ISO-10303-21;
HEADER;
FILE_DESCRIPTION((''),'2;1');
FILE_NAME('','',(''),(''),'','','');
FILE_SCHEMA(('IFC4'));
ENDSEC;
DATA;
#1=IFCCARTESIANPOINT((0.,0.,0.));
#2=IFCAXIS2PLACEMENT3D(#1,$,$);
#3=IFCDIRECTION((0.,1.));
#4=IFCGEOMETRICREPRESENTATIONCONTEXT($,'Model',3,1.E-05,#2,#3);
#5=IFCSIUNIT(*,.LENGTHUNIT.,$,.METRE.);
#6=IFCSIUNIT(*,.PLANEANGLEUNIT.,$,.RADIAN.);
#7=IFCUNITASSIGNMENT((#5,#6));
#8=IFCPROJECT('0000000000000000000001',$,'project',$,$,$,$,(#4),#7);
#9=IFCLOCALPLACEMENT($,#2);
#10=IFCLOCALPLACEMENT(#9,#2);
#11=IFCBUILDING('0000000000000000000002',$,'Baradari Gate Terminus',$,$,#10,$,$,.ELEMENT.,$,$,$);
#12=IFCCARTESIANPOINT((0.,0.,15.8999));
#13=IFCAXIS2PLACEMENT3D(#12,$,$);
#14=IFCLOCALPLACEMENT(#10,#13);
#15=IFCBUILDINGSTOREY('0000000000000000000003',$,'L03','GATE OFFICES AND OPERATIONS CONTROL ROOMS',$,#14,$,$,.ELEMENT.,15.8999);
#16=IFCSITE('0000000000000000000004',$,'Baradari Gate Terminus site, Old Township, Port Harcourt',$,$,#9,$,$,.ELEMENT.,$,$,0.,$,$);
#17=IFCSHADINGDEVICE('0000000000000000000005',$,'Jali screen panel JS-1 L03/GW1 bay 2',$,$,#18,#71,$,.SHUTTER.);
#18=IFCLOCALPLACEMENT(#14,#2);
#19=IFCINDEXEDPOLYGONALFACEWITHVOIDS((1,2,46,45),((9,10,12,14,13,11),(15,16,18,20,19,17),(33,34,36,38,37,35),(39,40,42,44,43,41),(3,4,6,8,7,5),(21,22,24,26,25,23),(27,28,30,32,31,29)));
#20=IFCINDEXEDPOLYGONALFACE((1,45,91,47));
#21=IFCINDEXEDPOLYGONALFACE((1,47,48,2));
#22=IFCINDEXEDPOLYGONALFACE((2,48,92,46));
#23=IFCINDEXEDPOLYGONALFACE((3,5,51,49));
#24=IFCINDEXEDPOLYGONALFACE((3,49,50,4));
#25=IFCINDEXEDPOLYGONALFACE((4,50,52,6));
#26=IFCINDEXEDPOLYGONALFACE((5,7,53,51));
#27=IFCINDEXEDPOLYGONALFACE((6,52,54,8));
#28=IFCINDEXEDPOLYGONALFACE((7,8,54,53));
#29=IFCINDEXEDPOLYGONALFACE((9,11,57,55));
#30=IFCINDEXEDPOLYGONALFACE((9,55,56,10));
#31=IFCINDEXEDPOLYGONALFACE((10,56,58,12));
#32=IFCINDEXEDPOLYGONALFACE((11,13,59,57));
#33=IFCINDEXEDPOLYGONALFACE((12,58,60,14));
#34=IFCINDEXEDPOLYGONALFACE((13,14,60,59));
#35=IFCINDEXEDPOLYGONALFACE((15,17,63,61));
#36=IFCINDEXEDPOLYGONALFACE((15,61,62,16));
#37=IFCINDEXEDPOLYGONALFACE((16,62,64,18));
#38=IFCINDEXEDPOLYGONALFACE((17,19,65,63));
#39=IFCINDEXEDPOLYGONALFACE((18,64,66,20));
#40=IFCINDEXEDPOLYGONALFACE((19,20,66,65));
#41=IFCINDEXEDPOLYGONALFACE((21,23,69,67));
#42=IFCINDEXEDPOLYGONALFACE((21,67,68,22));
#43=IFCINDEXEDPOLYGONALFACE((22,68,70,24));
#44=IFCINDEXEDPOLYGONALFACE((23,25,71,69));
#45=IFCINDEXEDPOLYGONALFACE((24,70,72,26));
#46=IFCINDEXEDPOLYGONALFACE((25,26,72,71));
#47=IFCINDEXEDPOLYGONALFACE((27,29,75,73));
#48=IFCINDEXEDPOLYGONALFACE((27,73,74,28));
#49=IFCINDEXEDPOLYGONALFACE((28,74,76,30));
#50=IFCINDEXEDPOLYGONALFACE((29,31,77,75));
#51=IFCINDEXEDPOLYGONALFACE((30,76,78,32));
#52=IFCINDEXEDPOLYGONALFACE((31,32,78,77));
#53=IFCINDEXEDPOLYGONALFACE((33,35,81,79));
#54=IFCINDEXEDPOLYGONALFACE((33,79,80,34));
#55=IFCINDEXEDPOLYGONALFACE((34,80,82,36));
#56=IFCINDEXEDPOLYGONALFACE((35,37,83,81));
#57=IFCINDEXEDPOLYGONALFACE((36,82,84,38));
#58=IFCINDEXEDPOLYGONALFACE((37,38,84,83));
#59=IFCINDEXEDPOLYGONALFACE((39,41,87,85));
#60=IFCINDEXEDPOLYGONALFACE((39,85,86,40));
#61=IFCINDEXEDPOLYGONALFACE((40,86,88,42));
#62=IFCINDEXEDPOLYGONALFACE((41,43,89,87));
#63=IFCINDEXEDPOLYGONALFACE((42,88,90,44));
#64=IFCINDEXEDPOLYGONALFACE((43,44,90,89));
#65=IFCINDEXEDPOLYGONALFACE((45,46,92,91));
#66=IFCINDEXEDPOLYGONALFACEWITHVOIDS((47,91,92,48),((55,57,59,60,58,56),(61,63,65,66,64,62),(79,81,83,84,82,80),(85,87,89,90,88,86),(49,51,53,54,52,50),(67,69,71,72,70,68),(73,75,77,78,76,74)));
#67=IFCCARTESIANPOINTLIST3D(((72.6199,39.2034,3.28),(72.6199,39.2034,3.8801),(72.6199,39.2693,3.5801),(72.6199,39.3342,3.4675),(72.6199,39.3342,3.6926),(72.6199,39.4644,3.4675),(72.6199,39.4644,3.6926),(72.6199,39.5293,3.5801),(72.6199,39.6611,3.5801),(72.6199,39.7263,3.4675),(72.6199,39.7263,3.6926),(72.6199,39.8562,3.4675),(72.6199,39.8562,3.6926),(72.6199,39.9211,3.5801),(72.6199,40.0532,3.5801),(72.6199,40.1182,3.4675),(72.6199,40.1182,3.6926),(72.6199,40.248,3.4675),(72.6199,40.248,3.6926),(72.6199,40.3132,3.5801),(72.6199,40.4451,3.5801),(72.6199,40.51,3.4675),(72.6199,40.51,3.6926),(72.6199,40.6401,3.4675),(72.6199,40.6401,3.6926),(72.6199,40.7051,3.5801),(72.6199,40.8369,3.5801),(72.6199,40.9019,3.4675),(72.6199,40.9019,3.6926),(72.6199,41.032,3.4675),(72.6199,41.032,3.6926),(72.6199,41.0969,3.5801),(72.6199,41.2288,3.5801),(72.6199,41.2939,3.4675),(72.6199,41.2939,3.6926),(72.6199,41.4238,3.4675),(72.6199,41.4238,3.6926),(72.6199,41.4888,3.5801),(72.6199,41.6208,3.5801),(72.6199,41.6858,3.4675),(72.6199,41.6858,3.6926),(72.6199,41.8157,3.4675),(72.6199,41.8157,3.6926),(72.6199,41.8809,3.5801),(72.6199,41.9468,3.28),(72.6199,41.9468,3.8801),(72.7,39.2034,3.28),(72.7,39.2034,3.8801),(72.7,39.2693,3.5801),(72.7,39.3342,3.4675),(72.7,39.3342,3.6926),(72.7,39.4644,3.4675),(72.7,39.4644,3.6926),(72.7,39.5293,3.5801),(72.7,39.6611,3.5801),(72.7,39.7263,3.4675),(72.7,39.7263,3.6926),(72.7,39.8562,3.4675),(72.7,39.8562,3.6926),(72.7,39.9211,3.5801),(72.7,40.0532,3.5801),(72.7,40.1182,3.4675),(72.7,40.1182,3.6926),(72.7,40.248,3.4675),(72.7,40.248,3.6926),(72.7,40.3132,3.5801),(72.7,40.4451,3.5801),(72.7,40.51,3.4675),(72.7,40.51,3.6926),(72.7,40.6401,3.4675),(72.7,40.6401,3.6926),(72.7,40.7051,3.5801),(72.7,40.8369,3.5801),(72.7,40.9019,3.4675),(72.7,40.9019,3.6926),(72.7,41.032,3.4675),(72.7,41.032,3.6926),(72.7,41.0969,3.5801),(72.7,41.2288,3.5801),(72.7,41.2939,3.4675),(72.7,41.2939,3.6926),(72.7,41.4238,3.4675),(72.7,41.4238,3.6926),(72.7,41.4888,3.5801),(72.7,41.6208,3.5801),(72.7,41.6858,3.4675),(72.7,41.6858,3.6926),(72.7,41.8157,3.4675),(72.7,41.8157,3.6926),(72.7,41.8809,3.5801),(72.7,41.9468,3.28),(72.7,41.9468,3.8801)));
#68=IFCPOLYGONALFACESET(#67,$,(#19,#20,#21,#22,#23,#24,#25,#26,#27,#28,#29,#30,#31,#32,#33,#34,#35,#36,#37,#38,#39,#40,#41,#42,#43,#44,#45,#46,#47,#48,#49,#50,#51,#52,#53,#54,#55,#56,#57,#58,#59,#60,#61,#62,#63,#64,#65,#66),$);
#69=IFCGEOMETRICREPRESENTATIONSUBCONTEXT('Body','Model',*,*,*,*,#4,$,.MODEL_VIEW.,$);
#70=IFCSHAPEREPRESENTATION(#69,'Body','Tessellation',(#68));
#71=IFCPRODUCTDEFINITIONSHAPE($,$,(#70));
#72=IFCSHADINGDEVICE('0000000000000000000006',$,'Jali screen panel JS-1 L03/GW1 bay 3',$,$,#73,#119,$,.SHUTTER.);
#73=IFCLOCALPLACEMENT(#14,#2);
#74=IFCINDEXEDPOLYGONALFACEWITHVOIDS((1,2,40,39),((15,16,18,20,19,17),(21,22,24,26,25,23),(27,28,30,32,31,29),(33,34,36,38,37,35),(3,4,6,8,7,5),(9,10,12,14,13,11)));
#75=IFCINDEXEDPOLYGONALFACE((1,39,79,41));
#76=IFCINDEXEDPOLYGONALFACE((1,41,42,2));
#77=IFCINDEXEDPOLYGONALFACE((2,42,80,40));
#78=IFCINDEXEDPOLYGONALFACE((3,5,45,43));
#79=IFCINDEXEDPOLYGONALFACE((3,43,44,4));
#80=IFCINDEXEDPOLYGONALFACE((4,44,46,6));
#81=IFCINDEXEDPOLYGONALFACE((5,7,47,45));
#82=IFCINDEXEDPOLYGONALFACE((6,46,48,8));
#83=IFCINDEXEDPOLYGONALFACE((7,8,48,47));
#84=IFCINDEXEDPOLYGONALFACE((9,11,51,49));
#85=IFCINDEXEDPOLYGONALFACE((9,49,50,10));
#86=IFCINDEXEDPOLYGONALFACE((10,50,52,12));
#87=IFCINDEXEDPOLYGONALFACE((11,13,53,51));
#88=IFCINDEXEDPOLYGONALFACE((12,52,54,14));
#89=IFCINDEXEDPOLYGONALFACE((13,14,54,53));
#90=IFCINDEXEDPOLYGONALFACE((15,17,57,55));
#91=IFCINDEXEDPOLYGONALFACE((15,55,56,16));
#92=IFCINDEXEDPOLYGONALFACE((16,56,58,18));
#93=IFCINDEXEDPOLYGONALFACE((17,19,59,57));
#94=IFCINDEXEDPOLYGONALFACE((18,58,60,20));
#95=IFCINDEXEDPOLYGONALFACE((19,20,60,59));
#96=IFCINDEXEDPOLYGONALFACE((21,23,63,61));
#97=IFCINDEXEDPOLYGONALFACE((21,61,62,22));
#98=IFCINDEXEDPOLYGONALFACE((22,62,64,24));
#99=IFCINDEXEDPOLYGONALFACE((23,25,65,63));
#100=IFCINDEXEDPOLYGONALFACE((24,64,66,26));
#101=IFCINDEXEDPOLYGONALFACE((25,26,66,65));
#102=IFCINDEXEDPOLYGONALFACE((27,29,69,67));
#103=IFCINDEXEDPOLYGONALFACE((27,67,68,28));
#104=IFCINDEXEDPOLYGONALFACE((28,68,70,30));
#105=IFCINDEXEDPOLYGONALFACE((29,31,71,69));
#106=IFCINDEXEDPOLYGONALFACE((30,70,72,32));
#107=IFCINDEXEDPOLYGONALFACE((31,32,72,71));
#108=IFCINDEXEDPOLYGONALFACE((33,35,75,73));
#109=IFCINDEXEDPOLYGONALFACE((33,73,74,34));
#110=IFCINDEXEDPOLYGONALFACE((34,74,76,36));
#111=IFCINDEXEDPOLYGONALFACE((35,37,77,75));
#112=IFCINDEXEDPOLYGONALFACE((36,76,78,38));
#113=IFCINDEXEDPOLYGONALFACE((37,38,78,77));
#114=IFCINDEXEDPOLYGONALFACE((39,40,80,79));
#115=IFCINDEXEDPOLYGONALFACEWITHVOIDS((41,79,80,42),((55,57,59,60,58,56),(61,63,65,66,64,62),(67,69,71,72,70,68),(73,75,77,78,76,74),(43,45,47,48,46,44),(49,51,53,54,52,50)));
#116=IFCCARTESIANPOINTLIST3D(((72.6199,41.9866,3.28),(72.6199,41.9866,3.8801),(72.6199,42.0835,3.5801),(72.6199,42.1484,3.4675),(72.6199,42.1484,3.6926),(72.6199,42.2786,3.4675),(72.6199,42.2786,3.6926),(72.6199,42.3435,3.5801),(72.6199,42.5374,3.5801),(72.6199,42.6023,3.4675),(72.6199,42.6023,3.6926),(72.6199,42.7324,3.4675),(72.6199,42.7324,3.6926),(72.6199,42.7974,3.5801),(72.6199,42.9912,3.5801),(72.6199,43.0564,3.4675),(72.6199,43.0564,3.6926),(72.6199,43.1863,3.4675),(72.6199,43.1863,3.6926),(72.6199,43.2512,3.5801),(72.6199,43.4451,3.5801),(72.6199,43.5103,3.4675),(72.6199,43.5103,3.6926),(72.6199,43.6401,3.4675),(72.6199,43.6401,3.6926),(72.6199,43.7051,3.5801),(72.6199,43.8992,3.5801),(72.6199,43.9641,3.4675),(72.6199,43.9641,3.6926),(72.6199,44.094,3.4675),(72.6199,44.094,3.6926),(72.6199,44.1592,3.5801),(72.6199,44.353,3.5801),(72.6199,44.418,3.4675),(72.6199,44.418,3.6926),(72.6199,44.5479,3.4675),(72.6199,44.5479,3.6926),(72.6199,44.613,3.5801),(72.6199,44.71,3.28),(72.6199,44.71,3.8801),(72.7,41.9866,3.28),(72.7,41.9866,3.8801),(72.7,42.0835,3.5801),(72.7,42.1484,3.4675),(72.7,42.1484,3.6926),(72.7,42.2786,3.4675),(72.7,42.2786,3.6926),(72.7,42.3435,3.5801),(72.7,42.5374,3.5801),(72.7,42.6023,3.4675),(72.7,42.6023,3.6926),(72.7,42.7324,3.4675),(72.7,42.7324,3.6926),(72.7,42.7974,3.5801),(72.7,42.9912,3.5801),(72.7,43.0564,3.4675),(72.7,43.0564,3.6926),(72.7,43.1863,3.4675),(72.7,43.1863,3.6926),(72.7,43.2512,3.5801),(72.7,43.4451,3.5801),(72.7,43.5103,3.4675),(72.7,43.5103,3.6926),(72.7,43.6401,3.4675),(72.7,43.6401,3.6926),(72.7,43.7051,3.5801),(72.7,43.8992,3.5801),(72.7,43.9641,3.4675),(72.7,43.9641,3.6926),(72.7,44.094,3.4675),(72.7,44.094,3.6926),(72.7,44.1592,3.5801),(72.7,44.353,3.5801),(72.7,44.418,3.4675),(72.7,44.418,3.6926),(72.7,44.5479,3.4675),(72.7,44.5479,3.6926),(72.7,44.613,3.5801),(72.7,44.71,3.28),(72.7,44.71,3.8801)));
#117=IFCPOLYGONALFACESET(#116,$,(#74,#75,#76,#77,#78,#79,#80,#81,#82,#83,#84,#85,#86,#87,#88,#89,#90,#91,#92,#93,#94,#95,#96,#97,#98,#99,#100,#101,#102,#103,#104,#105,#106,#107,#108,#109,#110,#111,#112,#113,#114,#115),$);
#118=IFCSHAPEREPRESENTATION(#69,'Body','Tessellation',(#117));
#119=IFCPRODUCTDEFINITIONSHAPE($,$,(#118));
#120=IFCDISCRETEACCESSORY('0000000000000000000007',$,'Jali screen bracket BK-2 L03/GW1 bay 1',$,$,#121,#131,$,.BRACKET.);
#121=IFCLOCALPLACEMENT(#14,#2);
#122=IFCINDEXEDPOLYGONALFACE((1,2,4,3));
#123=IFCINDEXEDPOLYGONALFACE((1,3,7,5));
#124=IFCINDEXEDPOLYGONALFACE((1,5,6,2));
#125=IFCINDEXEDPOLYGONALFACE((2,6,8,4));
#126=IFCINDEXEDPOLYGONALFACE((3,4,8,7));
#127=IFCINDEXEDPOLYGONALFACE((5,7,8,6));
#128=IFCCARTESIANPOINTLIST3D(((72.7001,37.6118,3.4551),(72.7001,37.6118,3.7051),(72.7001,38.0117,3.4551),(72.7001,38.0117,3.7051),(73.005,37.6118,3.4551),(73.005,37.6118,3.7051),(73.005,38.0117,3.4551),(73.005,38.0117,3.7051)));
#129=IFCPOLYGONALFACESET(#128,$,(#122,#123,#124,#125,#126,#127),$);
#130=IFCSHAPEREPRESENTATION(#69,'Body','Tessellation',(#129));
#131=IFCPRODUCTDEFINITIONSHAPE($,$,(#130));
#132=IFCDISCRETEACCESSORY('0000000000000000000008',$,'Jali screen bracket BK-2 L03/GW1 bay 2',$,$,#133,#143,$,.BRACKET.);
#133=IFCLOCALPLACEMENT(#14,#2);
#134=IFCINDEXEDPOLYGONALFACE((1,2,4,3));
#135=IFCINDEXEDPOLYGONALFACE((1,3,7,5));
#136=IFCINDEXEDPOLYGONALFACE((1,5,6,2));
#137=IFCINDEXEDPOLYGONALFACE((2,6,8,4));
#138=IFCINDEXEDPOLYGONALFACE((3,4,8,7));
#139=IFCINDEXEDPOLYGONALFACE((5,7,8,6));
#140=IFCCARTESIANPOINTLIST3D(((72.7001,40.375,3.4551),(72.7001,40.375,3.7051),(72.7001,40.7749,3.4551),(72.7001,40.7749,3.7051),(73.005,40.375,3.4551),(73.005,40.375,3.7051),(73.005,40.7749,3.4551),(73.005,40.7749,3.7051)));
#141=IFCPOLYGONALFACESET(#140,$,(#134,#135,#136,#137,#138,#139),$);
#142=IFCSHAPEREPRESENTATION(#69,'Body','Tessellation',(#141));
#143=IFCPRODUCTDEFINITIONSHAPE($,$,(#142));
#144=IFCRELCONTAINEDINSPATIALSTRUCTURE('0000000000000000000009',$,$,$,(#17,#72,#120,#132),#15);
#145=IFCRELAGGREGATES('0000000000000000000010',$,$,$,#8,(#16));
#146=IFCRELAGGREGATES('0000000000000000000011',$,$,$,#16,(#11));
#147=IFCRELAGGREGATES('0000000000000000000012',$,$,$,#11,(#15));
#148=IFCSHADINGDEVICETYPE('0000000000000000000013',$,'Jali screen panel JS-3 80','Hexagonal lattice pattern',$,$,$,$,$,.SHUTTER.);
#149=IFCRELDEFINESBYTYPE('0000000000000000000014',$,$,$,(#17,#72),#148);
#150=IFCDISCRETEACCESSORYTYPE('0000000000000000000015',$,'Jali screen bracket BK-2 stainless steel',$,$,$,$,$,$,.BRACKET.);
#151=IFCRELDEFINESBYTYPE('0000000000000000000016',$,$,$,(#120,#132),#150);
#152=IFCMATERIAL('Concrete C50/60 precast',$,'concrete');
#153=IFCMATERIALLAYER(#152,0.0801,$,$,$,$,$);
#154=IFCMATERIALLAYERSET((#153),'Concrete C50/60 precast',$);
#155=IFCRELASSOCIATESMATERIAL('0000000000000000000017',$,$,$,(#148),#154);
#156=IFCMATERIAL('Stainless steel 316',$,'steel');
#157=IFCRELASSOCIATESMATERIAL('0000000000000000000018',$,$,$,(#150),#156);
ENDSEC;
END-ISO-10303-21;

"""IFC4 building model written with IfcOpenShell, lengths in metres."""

from ifc_helpers import new_model, si_unit, direction, frame, origin, origin_2d, place, context, subcontext, project, spatial, polyline, rectangle, outline, extrude, material, layer, layer_set, type_object, element, save


model = new_model("IFC4")

# Units and contexts
model_context = context("Model", 3, precision=1e-05, world=origin(), true_north=direction((0.0, 1.0)))
body_context = subcontext(model_context, "Body", "Model", "MODEL_VIEW")
ifc_project = project(units=[si_unit("LENGTHUNIT", "METRE"), si_unit("PLANEANGLEUNIT", "RADIAN")], contexts=[model_context])

# Site, building, storey
site_placement = place(None, origin())
site = spatial("IfcSite", under=ifc_project, at=site_placement, Name="Baradari Gate Terminus site, Old Township, Port Harcourt", CompositionType="ELEMENT", RefElevation=0.0)
building_placement = place(site_placement, origin())
building = spatial("IfcBuilding", under=site, at=building_placement, Name="Baradari Gate Terminus", CompositionType="ELEMENT")
storey_placement = place(building_placement, frame((0.0, 0.0, 15.8999)))
storey = spatial("IfcBuildingStorey", under=building, at=storey_placement, Name="L03", Description="GATE OFFICES AND OPERATIONS CONTROL ROOMS", CompositionType="ELEMENT", Elevation=15.8999)

# Shading devices
ifc_material_1 = material(Name="Concrete C50/60 precast", Category="concrete")
ifc_layer_1 = layer(ifc_material_1, 0.0801)
ifc_layer_set_1 = layer_set([ifc_layer_1], Name="Concrete C50/60 precast")
shading_device_type = type_object("IfcShadingDeviceType", Name="Jali screen panel JS-3 80", Description="Hexagonal lattice pattern", PredefinedType="SHUTTER", material=ifc_layer_set_1)
shading_device_1_placement = place(storey_placement, frame((72.6599, 39.2034, 3.28), z_axis=(0.0, 0.0, 1.0), x_axis=(0.0, 1.0, 0.0)))
element("IfcShadingDevice", 1, at=shading_device_1_placement, inside=storey, type_object=shading_device_type, Name="Jali screen panel JS-1 L03/GW1 bay 2", PredefinedType="SHUTTER", context=body_context, shape_type="SweptSolid", body=[
    extrude(outline(polyline([(0.0, 0.0), (2.7434, 0.0), (2.7434, 0.6001), (0.0, 0.6001), (0.0, 0.0)]), holes=[polyline([(0.3259, 0.3), (0.261, 0.1875), (0.1309, 0.1875), (0.0659, 0.3), (0.1309, 0.4126), (0.261, 0.4126), (0.3259, 0.3)]), polyline([(0.7178, 0.3), (0.6528, 0.1875), (0.5229, 0.1875), (0.4578, 0.3), (0.5229, 0.4126), (0.6528, 0.4126), (0.7178, 0.3)]), polyline([(1.1099, 0.3), (1.0447, 0.1875), (0.9148, 0.1875), (0.8499, 0.3), (0.9148, 0.4126), (1.0447, 0.4126), (1.1099, 0.3)]), polyline([(1.5017, 0.3), (1.4368, 0.1875), (1.3066, 0.1875), (1.2417, 0.3), (1.3066, 0.4126), (1.4368, 0.4126), (1.5017, 0.3)]), polyline([(1.8936, 0.3), (1.8286, 0.1875), (1.6985, 0.1875), (1.6335, 0.3), (1.6985, 0.4126), (1.8286, 0.4126), (1.8936, 0.3)]), polyline([(2.2854, 0.3), (2.2205, 0.1875), (2.0906, 0.1875), (2.0254, 0.3), (2.0906, 0.4126), (2.2205, 0.4126), (2.2854, 0.3)]), polyline([(2.6775, 0.3), (2.6123, 0.1875), (2.4824, 0.1875), (2.4175, 0.3), (2.4824, 0.4126), (2.6123, 0.4126), (2.6775, 0.3)])]), frame((0.0, 0.04, 0.0), z_axis=(0.0, -1.0, 0.0), x_axis=(1.0, 0.0, 0.0)), (0.0, 0.0, 1.0), 0.0801),
])
shading_device_2_placement = place(storey_placement, frame((72.6599, 41.9866, 3.28), z_axis=(0.0, 0.0, 1.0), x_axis=(0.0, 1.0, 0.0)))
element("IfcShadingDevice", 2, at=shading_device_2_placement, inside=storey, type_object=shading_device_type, Name="Jali screen panel JS-1 L03/GW1 bay 3", PredefinedType="SHUTTER", context=body_context, shape_type="SweptSolid", body=[
    extrude(outline(polyline([(0.0, 0.0), (2.7234, 0.0), (2.7234, 0.6001), (0.0, 0.6001), (0.0, 0.0)]), holes=[polyline([(0.3569, 0.3), (0.292, 0.1875), (0.1619, 0.1875), (0.0969, 0.3), (0.1619, 0.4126), (0.292, 0.4126), (0.3569, 0.3)]), polyline([(0.8108, 0.3), (0.7458, 0.1875), (0.6157, 0.1875), (0.5508, 0.3), (0.6157, 0.4126), (0.7458, 0.4126), (0.8108, 0.3)]), polyline([(1.2646, 0.3), (1.1997, 0.1875), (1.0698, 0.1875), (1.0046, 0.3), (1.0698, 0.4126), (1.1997, 0.4126), (1.2646, 0.3)]), polyline([(1.7185, 0.3), (1.6536, 0.1875), (1.5237, 0.1875), (1.4585, 0.3), (1.5237, 0.4126), (1.6536, 0.4126), (1.7185, 0.3)]), polyline([(2.1726, 0.3), (2.1074, 0.1875), (1.9775, 0.1875), (1.9126, 0.3), (1.9775, 0.4126), (2.1074, 0.4126), (2.1726, 0.3)]), polyline([(2.6265, 0.3), (2.5613, 0.1875), (2.4314, 0.1875), (2.3665, 0.3), (2.4314, 0.4126), (2.5613, 0.4126), (2.6265, 0.3)])]), frame((0.0, 0.04, 0.0), z_axis=(0.0, -1.0, 0.0), x_axis=(1.0, 0.0, 0.0)), (0.0, 0.0, 1.0), 0.0801),
])

# Discrete accessories
ifc_material_2 = material(Name="Stainless steel 316", Category="steel")
discrete_accessory_type = type_object("IfcDiscreteAccessoryType", Name="Jali screen bracket BK-2 stainless steel", PredefinedType="BRACKET", material=ifc_material_2)
for number, where, z_axis, x_axis, name in (
    (3, (72.8525, 37.8118, 3.4551), (0.0, 0.0, 1.0), (-1.0, 0.0, 0.0), "Jali screen bracket BK-2 L03/GW1 bay 1"),
    (4, (72.8525, 40.575, 3.4551), (0.0, 0.0, 1.0), (-1.0, 0.0, 0.0), "Jali screen bracket BK-2 L03/GW1 bay 2"),
):
    element("IfcDiscreteAccessory", number, at=place(storey_placement, frame(where, z_axis=z_axis, x_axis=x_axis)), inside=storey, type_object=discrete_accessory_type, Name=name, PredefinedType="BRACKET", context=body_context, shape_type="SweptSolid", body=[
        extrude(rectangle(XDim=0.3049, YDim=0.3999, at=origin_2d()), origin(), (0.0, 0.0, 1.0), 0.25),
    ])

save(model, "model.ifc")
